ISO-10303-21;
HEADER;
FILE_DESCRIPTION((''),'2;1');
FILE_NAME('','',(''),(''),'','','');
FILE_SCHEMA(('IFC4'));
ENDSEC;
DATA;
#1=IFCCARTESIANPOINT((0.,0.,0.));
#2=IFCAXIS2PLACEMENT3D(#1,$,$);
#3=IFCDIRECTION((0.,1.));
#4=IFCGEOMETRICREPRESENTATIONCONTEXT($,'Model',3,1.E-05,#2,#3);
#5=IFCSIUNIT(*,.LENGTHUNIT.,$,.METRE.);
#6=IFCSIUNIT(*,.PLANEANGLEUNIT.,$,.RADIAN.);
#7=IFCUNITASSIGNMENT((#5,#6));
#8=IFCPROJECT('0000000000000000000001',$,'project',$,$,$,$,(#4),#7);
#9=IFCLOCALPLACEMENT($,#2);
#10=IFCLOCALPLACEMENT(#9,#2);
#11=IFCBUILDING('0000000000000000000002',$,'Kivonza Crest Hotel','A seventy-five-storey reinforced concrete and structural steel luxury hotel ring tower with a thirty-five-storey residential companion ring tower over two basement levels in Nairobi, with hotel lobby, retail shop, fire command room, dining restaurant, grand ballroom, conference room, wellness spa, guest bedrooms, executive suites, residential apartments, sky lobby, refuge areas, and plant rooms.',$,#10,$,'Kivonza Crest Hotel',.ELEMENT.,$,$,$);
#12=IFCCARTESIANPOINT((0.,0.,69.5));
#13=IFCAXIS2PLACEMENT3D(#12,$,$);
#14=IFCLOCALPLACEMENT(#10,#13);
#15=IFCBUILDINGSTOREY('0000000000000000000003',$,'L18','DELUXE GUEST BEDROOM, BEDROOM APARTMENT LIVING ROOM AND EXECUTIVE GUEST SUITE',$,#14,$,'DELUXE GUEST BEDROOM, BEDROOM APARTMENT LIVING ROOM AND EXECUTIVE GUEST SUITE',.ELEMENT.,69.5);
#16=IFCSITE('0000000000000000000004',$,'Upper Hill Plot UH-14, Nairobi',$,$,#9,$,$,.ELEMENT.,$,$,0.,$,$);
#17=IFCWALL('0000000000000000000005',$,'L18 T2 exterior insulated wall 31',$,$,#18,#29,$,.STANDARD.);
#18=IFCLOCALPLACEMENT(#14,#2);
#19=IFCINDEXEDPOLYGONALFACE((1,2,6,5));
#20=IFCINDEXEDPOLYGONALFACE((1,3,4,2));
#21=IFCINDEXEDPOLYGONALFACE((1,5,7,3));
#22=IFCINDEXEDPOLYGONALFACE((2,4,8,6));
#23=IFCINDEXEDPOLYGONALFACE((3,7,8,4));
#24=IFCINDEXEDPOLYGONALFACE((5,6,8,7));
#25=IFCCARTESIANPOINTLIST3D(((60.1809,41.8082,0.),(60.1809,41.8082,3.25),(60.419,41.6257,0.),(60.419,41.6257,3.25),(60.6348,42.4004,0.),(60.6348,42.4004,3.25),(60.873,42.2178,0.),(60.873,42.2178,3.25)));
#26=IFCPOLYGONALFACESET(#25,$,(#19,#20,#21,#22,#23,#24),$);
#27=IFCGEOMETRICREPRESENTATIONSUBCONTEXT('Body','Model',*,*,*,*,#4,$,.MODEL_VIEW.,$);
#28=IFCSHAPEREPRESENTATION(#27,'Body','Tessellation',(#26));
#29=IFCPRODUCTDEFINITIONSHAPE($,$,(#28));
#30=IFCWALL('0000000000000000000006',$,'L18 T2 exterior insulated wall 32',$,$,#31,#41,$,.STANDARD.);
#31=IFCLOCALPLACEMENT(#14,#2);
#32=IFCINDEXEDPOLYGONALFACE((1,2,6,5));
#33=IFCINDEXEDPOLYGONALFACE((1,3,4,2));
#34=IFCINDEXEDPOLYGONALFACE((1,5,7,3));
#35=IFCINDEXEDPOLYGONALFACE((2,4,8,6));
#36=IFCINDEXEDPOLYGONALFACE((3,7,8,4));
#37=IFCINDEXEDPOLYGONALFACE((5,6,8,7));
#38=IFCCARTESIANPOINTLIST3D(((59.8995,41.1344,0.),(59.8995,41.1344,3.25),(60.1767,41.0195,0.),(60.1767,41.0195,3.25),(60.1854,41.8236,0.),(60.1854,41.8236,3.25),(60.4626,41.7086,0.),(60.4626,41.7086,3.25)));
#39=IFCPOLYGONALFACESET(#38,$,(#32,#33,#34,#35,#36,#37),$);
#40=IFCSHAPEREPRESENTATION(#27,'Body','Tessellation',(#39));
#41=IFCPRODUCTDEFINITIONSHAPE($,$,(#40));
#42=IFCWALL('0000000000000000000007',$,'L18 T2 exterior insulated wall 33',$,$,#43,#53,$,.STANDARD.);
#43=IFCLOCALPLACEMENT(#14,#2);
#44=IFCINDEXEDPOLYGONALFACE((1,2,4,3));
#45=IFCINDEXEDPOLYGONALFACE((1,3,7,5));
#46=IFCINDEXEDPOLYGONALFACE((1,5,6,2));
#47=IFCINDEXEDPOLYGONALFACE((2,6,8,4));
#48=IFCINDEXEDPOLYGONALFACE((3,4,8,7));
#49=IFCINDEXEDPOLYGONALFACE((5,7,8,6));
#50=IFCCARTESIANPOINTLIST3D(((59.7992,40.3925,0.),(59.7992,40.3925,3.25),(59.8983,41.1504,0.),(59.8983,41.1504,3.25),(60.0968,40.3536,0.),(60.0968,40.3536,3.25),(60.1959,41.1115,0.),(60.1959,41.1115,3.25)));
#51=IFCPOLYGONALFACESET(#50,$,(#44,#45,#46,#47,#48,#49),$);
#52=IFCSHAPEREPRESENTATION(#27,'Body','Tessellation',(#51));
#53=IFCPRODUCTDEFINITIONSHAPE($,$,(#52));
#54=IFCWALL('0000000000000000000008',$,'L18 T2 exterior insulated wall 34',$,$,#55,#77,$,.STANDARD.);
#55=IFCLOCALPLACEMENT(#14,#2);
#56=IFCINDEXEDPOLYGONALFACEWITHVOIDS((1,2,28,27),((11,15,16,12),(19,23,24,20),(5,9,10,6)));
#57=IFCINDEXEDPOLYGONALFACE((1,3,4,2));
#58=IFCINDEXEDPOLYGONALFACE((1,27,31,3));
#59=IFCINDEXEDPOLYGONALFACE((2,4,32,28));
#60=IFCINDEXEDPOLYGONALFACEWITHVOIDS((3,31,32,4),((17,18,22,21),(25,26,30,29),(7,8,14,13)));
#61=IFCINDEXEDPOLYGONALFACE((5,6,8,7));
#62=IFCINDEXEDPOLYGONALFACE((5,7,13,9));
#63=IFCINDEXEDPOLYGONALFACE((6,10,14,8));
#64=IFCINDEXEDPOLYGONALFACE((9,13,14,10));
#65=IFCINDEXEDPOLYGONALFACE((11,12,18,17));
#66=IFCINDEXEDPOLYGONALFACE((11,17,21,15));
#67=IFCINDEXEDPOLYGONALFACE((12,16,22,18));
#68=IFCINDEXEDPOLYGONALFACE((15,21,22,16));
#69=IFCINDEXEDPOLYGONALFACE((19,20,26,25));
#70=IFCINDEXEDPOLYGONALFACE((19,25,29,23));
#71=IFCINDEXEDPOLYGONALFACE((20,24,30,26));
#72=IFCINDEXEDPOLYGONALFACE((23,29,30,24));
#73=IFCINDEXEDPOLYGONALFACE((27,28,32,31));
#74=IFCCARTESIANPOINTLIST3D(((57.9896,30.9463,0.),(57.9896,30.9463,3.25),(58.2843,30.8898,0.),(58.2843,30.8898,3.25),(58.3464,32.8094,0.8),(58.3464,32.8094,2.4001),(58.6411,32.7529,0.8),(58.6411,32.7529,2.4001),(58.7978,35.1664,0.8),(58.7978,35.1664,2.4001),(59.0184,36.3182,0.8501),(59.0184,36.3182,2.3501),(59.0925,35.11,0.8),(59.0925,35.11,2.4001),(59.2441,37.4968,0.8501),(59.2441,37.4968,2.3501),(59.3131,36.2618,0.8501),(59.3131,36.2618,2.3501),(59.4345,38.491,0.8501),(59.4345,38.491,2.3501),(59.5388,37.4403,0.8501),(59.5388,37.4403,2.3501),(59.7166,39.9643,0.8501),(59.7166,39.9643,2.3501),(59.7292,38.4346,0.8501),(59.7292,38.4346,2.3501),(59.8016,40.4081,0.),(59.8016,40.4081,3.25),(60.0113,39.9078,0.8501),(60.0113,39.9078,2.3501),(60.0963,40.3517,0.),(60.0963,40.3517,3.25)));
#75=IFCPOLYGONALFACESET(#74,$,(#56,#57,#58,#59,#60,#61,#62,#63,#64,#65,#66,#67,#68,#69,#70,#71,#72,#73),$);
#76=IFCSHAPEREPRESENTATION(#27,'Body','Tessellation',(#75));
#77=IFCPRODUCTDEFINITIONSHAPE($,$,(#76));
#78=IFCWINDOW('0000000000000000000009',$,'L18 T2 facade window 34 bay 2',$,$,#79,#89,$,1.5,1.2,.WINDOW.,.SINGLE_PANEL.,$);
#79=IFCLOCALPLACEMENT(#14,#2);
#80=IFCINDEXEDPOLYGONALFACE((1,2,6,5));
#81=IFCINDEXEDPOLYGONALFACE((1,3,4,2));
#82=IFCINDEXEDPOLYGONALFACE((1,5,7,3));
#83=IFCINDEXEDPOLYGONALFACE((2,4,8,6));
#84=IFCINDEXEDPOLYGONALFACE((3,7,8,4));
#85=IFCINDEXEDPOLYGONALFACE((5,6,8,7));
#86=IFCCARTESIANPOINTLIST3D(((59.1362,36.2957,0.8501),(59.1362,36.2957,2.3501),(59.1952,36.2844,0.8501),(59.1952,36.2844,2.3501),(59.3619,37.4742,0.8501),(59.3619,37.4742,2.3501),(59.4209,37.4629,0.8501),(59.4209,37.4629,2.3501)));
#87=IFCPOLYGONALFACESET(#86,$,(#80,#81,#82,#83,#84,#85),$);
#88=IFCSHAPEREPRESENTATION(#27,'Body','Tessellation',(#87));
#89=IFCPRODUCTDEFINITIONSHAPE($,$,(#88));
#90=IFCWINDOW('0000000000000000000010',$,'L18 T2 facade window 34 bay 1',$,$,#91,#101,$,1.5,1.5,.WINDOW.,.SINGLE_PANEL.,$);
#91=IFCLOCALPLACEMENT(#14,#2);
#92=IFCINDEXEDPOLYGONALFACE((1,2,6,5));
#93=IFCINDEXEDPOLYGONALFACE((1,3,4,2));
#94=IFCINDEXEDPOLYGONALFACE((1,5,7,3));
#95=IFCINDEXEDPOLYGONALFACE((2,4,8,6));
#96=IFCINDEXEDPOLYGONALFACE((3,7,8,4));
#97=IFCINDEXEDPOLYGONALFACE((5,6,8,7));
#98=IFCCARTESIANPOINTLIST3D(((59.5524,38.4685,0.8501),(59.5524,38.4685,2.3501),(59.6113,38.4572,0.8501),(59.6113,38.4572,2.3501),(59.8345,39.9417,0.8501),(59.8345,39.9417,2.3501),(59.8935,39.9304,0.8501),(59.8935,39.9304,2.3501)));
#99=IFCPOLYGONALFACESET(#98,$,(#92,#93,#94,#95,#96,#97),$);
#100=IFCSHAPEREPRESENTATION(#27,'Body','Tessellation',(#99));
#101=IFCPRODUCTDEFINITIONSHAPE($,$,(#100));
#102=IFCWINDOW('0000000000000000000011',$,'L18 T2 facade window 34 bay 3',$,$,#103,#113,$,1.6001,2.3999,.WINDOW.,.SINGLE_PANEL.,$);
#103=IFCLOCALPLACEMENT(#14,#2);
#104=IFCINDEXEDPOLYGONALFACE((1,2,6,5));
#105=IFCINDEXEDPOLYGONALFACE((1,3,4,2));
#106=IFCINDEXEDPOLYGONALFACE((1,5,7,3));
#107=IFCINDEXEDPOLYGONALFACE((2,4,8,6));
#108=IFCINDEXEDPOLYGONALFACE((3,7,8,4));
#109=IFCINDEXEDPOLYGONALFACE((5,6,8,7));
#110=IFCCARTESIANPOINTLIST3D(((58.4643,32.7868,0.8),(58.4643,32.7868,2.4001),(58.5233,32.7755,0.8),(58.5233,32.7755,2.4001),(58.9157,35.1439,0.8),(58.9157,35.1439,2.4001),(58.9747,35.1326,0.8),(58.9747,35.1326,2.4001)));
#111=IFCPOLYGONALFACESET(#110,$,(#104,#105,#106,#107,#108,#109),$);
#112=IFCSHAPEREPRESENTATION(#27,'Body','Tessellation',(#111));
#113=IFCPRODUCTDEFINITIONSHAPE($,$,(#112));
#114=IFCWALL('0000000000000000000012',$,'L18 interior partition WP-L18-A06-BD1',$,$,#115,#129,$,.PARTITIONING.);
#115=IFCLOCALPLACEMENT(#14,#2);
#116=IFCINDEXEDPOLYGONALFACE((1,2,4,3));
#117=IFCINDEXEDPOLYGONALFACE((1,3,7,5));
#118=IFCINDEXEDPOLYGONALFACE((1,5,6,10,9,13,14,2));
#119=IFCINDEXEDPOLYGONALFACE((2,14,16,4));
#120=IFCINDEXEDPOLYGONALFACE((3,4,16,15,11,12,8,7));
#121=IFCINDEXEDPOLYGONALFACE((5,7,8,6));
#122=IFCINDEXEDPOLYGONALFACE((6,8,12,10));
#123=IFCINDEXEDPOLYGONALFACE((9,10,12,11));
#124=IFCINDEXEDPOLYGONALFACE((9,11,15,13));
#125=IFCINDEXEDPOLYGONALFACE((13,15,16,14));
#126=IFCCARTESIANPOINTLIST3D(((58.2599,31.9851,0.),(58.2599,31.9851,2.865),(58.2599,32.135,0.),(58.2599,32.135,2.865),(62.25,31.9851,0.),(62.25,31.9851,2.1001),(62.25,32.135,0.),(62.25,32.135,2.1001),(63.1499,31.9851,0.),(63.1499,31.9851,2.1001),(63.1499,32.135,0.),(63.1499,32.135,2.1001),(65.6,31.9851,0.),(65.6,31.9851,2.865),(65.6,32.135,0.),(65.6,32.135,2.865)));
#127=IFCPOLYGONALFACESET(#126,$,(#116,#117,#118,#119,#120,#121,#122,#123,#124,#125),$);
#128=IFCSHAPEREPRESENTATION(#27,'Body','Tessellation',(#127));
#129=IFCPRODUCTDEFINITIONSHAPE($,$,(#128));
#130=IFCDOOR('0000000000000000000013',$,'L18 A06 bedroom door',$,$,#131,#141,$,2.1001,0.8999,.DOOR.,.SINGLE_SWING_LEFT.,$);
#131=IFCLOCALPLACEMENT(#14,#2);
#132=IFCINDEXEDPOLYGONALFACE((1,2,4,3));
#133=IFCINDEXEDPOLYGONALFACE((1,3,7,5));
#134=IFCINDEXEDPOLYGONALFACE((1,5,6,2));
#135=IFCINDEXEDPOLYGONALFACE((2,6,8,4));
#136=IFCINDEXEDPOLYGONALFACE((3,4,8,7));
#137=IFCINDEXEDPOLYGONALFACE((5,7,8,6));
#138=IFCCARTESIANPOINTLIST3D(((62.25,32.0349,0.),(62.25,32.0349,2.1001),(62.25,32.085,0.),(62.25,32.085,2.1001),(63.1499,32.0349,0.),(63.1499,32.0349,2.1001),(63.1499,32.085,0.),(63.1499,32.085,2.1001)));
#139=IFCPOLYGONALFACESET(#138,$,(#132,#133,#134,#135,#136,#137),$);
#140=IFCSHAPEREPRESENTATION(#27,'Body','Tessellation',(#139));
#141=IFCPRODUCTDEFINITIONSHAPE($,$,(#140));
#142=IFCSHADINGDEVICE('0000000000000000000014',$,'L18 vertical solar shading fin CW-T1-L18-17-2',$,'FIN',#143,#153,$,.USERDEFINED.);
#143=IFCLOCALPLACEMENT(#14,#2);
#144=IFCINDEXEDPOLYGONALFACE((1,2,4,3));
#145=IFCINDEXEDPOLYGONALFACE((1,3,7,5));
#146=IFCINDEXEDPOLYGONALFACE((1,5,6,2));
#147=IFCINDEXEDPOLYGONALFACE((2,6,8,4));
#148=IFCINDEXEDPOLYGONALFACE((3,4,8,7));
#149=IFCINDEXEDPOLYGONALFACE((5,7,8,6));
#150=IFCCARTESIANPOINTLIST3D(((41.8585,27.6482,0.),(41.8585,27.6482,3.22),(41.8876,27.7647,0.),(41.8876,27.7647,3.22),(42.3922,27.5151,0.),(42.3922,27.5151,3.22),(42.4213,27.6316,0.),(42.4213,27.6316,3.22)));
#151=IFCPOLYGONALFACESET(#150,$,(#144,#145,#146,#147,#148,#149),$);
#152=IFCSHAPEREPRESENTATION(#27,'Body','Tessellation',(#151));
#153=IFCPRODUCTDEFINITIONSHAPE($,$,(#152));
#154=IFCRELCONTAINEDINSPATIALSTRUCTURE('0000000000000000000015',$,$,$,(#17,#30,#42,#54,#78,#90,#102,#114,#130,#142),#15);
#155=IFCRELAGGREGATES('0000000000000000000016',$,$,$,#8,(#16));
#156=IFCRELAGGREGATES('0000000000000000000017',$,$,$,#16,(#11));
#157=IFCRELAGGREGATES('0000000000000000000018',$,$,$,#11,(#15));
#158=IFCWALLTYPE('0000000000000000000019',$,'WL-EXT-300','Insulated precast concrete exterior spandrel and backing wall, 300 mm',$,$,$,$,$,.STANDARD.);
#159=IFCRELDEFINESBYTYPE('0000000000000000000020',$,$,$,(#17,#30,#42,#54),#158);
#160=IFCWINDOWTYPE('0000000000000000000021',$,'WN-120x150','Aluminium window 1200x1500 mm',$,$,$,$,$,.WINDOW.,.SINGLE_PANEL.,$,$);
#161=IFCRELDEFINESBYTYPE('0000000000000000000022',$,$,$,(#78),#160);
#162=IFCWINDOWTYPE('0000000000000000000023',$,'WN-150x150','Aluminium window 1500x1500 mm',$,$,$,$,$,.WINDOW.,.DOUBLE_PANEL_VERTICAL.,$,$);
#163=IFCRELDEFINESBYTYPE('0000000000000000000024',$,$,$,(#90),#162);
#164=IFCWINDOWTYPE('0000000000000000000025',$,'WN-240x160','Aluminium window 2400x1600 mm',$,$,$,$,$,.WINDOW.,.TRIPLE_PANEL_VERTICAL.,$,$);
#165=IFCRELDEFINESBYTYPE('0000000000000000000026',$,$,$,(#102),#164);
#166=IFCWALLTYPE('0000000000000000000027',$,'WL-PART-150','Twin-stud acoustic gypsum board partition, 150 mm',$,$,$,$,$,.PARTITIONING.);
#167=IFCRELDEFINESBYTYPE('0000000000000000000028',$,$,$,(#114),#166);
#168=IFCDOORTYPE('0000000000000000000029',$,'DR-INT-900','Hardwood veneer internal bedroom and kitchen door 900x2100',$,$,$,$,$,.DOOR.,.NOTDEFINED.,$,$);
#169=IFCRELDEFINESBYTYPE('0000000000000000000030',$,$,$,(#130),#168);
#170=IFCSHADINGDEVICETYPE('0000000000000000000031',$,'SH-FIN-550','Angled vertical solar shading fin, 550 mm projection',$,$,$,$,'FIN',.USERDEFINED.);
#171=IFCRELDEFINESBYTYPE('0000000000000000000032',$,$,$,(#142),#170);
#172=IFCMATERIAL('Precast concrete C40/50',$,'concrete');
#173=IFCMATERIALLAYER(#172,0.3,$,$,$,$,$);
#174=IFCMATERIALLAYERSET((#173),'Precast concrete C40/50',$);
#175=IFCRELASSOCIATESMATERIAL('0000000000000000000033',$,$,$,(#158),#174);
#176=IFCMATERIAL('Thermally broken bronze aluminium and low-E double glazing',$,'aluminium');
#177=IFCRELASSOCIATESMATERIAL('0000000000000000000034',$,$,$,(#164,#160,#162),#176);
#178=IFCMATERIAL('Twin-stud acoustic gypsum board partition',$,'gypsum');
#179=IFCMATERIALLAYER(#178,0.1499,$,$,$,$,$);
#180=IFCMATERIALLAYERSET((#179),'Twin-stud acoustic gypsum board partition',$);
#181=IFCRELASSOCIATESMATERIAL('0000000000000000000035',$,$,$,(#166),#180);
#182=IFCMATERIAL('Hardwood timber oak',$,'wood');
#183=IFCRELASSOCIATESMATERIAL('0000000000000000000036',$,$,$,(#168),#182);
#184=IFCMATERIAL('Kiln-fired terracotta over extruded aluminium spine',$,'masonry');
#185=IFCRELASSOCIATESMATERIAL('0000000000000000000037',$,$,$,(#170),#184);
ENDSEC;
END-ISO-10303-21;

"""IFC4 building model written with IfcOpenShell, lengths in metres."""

from ifc_helpers import new_model, si_unit, direction, frame, frame_2d, origin, origin_2d, place, context, subcontext, project, spatial, rectangle, extrude, material, layer, layer_set, type_object, element, fill, save


model = new_model("IFC4")

# Units and contexts
model_context = context("Model", 3, precision=1e-05, world=origin(), true_north=direction((0.0, 1.0)))
body_context = subcontext(model_context, "Body", "Model", "MODEL_VIEW")
ifc_project = project(units=[si_unit("LENGTHUNIT", "METRE"), si_unit("PLANEANGLEUNIT", "RADIAN")], contexts=[model_context])

# Site, building, storey
site_placement = place(None, origin())
site = spatial("IfcSite", under=ifc_project, at=site_placement, Name="Upper Hill Plot UH-14, Nairobi", CompositionType="ELEMENT", RefElevation=0.0)
building_placement = place(site_placement, origin())
building = spatial("IfcBuilding", under=site, at=building_placement, Name="Kivonza Crest Hotel", Description="A seventy-five-storey reinforced concrete and structural steel luxury hotel ring tower with a thirty-five-storey residential companion ring tower over two basement levels in Nairobi, with hotel lobby, retail shop, fire command room, dining restaurant, grand ballroom, conference room, wellness spa, guest bedrooms, executive suites, residential apartments, sky lobby, refuge areas, and plant rooms.", LongName="Kivonza Crest Hotel", CompositionType="ELEMENT")
storey_placement = place(building_placement, frame((0.0, 0.0, 69.5)))
storey = spatial("IfcBuildingStorey", under=building, at=storey_placement, Name="L18", Description="DELUXE GUEST BEDROOM, BEDROOM APARTMENT LIVING ROOM AND EXECUTIVE GUEST SUITE", LongName="DELUXE GUEST BEDROOM, BEDROOM APARTMENT LIVING ROOM AND EXECUTIVE GUEST SUITE", CompositionType="ELEMENT", Elevation=69.5)

# Shared definitions
ifc_material_1 = material(Name="Precast concrete C40/50", Category="concrete")
ifc_layer_1 = layer(ifc_material_1, 0.3)
ifc_layer_set_1 = layer_set([ifc_layer_1], Name="Precast concrete C40/50")
wall_type_1 = type_object("IfcWallType", Name="WL-EXT-300", Description="Insulated precast concrete exterior spandrel and backing wall, 300 mm", PredefinedType="STANDARD", material=ifc_layer_set_1)
ifc_material_2 = material(Name="Thermally broken bronze aluminium and low-E double glazing", Category="aluminium")
window_type_1 = type_object("IfcWindowType", Name="WN-240x160", Description="Aluminium window 2400x1600 mm", PartitioningType="TRIPLE_PANEL_VERTICAL", PredefinedType="WINDOW", material=ifc_material_2)

# Walls
for number, where, z_axis, x_axis, name in (
    (1, (60.7539, 42.3091, 0.0), (0.0, 0.0, 1.0), (-0.608397, -0.793633, 0.0), "L18 T2 exterior insulated wall 31"),
    (2, (60.324, 41.7661, 0.0), (0.0, 0.0, 1.0), (-0.383151, -0.923686, 0.0), "L18 T2 exterior insulated wall 32"),
):
    element("IfcWall", number, at=place(storey_placement, frame(where, z_axis=z_axis, x_axis=x_axis)), inside=storey, type_object=wall_type_1, Name=name, PredefinedType="STANDARD", context=body_context, shape_type="SweptSolid", body=[
        extrude(rectangle(XDim=0.7461, YDim=0.3, at=frame_2d((0.373, 0.0))), origin(), (0.0, 0.0, 1.0), 3.25),
    ])
wall_1_placement = place(storey_placement, frame((60.0471, 41.1311, 0.0), z_axis=(0.0, 0.0, 1.0), x_axis=(-0.129653, -0.991559, 0.0)))
element("IfcWall", 3, at=wall_1_placement, inside=storey, type_object=wall_type_1, Name="L18 T2 exterior insulated wall 33", PredefinedType="STANDARD", context=body_context, shape_type="SweptSolid", body=[
    extrude(rectangle(XDim=0.7644, YDim=0.3, at=frame_2d((0.3823, 0.0))), origin(), (0.0, 0.0, 1.0), 3.25),
])

# Wall, openings, windows
wall_2_placement = place(storey_placement, frame((59.949, 40.3799, 0.0), z_axis=(0.0, 0.0, 1.0), x_axis=(-0.188088, -0.982152, 0.0)))
wall_2 = element("IfcWall", 4, at=wall_2_placement, inside=storey, type_object=wall_type_1, Name="L18 T2 exterior insulated wall 34", PredefinedType="STANDARD", context=body_context, shape_type="SweptSolid", body=[
    extrude(rectangle(XDim=9.6338, YDim=0.3, at=frame_2d((4.8169, 0.0))), origin(), (0.0, 0.0, 1.0), 3.25),
])
opening_1_placement = place(wall_2_placement, frame((0.4519, 0.0, 0.8501)))
opening_1 = element("IfcOpeningElement", 5, at=opening_1_placement, cuts=wall_2, PredefinedType="OPENING", context=body_context, shape_type="SweptSolid", body=[
    extrude(rectangle(XDim=1.5, YDim=1.5, at=frame_2d((0.75, 0.75))), frame((0.0, 0.1602, 0.0), z_axis=(0.0, -1.0, 0.0), x_axis=(1.0, 0.0, 0.0)), (0.0, 0.0, 1.0), 0.3201),
])
opening_2_placement = place(wall_2_placement, frame((2.9641, 0.0, 0.8501)))
opening_2 = element("IfcOpeningElement", 6, at=opening_2_placement, cuts=wall_2, PredefinedType="OPENING", context=body_context, shape_type="SweptSolid", body=[
    extrude(rectangle(XDim=1.2, YDim=1.5, at=frame_2d((0.6001, 0.75))), frame((0.0, 0.1602, 0.0), z_axis=(0.0, -1.0, 0.0), x_axis=(1.0, 0.0, 0.0)), (0.0, 0.0, 1.0), 0.3201),
])
opening_3_placement = place(wall_2_placement, frame((5.3369, 0.0, 0.8)))
opening_3 = element("IfcOpeningElement", 7, at=opening_3_placement, cuts=wall_2, PredefinedType="OPENING", context=body_context, shape_type="SweptSolid", body=[
    extrude(rectangle(XDim=2.3999, YDim=1.6001, at=frame_2d((1.2, 0.8))), frame((0.0, 0.1602, 0.0), z_axis=(0.0, -1.0, 0.0), x_axis=(1.0, 0.0, 0.0)), (0.0, 0.0, 1.0), 0.3201),
])
window_type_2 = type_object("IfcWindowType", Name="WN-120x150", Description="Aluminium window 1200x1500 mm", PartitioningType="SINGLE_PANEL", PredefinedType="WINDOW", material=ifc_material_2)
window_1_placement = place(opening_2_placement, origin())
window_1 = element("IfcWindow", 8, at=window_1_placement, inside=storey, type_object=window_type_2, Name="L18 T2 facade window 34 bay 2", OverallHeight=1.5, OverallWidth=1.2, PartitioningType="SINGLE_PANEL", PredefinedType="WINDOW", context=body_context, shape_type="SweptSolid", body=[
    extrude(rectangle(XDim=1.2, YDim=1.5, at=frame_2d((0.6001, 0.75))), frame((0.0, 0.03, 0.0), z_axis=(0.0, -1.0, 0.0), x_axis=(1.0, 0.0, 0.0)), (0.0, 0.0, 1.0), 0.0601),
])
fill(opening_2, window_1)
window_type_3 = type_object("IfcWindowType", Name="WN-150x150", Description="Aluminium window 1500x1500 mm", PartitioningType="DOUBLE_PANEL_VERTICAL", PredefinedType="WINDOW", material=ifc_material_2)
window_2_placement = place(opening_1_placement, origin())
window_2 = element("IfcWindow", 9, at=window_2_placement, inside=storey, type_object=window_type_3, Name="L18 T2 facade window 34 bay 1", OverallHeight=1.5, OverallWidth=1.5, PartitioningType="SINGLE_PANEL", PredefinedType="WINDOW", context=body_context, shape_type="SweptSolid", body=[
    extrude(rectangle(XDim=1.5, YDim=1.5, at=frame_2d((0.75, 0.75))), frame((0.0, 0.03, 0.0), z_axis=(0.0, -1.0, 0.0), x_axis=(1.0, 0.0, 0.0)), (0.0, 0.0, 1.0), 0.0601),
])
fill(opening_1, window_2)
window_3_placement = place(opening_3_placement, origin())
window_3 = element("IfcWindow", 10, at=window_3_placement, inside=storey, type_object=window_type_1, Name="L18 T2 facade window 34 bay 3", OverallHeight=1.6001, OverallWidth=2.3999, PartitioningType="SINGLE_PANEL", PredefinedType="WINDOW", context=body_context, shape_type="SweptSolid", body=[
    extrude(rectangle(XDim=2.3999, YDim=1.6001, at=frame_2d((1.2, 0.8))), frame((0.0, 0.03, 0.0), z_axis=(0.0, -1.0, 0.0), x_axis=(1.0, 0.0, 0.0)), (0.0, 0.0, 1.0), 0.0601),
])
fill(opening_3, window_3)

# Wall, opening, door
ifc_material_3 = material(Name="Twin-stud acoustic gypsum board partition", Category="gypsum")
ifc_layer_2 = layer(ifc_material_3, 0.1499)
ifc_layer_set_2 = layer_set([ifc_layer_2], Name="Twin-stud acoustic gypsum board partition")
wall_type_2 = type_object("IfcWallType", Name="WL-PART-150", Description="Twin-stud acoustic gypsum board partition, 150 mm", PredefinedType="PARTITIONING", material=ifc_layer_set_2)
wall_3_placement = place(storey_placement, frame((58.26, 32.0601, 0.0), z_axis=(0.0, 0.0, 1.0), x_axis=(1.0, 0.0, 0.0)))
wall_3 = element("IfcWall", 11, at=wall_3_placement, inside=storey, type_object=wall_type_2, Name="L18 interior partition WP-L18-A06-BD1", PredefinedType="PARTITIONING", context=body_context, shape_type="SweptSolid", body=[
    extrude(rectangle(XDim=7.3401, YDim=0.1499, at=frame_2d((3.6699, 0.0))), origin(), (0.0, 0.0, 1.0), 2.865),
])
opening_4_placement = place(wall_3_placement, frame((3.99, 0.0, 0.0)))
opening_4 = element("IfcOpeningElement", 12, at=opening_4_placement, cuts=wall_3, PredefinedType="OPENING", context=body_context, shape_type="SweptSolid", body=[
    extrude(rectangle(XDim=0.8999, YDim=2.1001, at=frame_2d((0.45, 1.05))), frame((0.0, 0.085, 0.0), z_axis=(0.0, -1.0, 0.0), x_axis=(1.0, 0.0, 0.0)), (0.0, 0.0, 1.0), 0.1699),
])
ifc_material_4 = material(Name="Hardwood timber oak", Category="wood")
door_type = type_object("IfcDoorType", Name="DR-INT-900", Description="Hardwood veneer internal bedroom and kitchen door 900x2100", OperationType="NOTDEFINED", PredefinedType="DOOR", material=ifc_material_4)
door_placement = place(opening_4_placement, origin())
door = element("IfcDoor", 13, at=door_placement, inside=storey, type_object=door_type, Name="L18 A06 bedroom door", OperationType="SINGLE_SWING_LEFT", OverallHeight=2.1001, OverallWidth=0.8999, PredefinedType="DOOR", context=body_context, shape_type="SweptSolid", body=[
    extrude(rectangle(XDim=0.8999, YDim=2.1001, at=frame_2d((0.45, 1.05))), frame((0.0, 0.0249, 0.0), z_axis=(0.0, -1.0, 0.0), x_axis=(1.0, 0.0, 0.0)), (0.0, 0.0, 1.0), 0.05),
])
fill(opening_4, door)

# Shading device
ifc_material_5 = material(Name="Kiln-fired terracotta over extruded aluminium spine", Category="masonry")
shading_device_type = type_object("IfcShadingDeviceType", Name="SH-FIN-550", Description="Angled vertical solar shading fin, 550 mm projection", ElementType="FIN", PredefinedType="USERDEFINED", material=ifc_material_5)
shading_device_placement = place(storey_placement, frame((42.1399, 27.6399, 0.0), z_axis=(0.0, 0.0, 1.0), x_axis=(0.241922, 0.970296, 0.0)))
element("IfcShadingDevice", 14, at=shading_device_placement, inside=storey, type_object=shading_device_type, Name="L18 vertical solar shading fin CW-T1-L18-17-2", ObjectType="FIN", PredefinedType="USERDEFINED", context=body_context, shape_type="SweptSolid", body=[
    extrude(rectangle(XDim=0.1201, YDim=0.55, at=origin_2d()), origin(), (0.0, 0.0, 1.0), 3.22),
])

save(model, "model.ifc")
